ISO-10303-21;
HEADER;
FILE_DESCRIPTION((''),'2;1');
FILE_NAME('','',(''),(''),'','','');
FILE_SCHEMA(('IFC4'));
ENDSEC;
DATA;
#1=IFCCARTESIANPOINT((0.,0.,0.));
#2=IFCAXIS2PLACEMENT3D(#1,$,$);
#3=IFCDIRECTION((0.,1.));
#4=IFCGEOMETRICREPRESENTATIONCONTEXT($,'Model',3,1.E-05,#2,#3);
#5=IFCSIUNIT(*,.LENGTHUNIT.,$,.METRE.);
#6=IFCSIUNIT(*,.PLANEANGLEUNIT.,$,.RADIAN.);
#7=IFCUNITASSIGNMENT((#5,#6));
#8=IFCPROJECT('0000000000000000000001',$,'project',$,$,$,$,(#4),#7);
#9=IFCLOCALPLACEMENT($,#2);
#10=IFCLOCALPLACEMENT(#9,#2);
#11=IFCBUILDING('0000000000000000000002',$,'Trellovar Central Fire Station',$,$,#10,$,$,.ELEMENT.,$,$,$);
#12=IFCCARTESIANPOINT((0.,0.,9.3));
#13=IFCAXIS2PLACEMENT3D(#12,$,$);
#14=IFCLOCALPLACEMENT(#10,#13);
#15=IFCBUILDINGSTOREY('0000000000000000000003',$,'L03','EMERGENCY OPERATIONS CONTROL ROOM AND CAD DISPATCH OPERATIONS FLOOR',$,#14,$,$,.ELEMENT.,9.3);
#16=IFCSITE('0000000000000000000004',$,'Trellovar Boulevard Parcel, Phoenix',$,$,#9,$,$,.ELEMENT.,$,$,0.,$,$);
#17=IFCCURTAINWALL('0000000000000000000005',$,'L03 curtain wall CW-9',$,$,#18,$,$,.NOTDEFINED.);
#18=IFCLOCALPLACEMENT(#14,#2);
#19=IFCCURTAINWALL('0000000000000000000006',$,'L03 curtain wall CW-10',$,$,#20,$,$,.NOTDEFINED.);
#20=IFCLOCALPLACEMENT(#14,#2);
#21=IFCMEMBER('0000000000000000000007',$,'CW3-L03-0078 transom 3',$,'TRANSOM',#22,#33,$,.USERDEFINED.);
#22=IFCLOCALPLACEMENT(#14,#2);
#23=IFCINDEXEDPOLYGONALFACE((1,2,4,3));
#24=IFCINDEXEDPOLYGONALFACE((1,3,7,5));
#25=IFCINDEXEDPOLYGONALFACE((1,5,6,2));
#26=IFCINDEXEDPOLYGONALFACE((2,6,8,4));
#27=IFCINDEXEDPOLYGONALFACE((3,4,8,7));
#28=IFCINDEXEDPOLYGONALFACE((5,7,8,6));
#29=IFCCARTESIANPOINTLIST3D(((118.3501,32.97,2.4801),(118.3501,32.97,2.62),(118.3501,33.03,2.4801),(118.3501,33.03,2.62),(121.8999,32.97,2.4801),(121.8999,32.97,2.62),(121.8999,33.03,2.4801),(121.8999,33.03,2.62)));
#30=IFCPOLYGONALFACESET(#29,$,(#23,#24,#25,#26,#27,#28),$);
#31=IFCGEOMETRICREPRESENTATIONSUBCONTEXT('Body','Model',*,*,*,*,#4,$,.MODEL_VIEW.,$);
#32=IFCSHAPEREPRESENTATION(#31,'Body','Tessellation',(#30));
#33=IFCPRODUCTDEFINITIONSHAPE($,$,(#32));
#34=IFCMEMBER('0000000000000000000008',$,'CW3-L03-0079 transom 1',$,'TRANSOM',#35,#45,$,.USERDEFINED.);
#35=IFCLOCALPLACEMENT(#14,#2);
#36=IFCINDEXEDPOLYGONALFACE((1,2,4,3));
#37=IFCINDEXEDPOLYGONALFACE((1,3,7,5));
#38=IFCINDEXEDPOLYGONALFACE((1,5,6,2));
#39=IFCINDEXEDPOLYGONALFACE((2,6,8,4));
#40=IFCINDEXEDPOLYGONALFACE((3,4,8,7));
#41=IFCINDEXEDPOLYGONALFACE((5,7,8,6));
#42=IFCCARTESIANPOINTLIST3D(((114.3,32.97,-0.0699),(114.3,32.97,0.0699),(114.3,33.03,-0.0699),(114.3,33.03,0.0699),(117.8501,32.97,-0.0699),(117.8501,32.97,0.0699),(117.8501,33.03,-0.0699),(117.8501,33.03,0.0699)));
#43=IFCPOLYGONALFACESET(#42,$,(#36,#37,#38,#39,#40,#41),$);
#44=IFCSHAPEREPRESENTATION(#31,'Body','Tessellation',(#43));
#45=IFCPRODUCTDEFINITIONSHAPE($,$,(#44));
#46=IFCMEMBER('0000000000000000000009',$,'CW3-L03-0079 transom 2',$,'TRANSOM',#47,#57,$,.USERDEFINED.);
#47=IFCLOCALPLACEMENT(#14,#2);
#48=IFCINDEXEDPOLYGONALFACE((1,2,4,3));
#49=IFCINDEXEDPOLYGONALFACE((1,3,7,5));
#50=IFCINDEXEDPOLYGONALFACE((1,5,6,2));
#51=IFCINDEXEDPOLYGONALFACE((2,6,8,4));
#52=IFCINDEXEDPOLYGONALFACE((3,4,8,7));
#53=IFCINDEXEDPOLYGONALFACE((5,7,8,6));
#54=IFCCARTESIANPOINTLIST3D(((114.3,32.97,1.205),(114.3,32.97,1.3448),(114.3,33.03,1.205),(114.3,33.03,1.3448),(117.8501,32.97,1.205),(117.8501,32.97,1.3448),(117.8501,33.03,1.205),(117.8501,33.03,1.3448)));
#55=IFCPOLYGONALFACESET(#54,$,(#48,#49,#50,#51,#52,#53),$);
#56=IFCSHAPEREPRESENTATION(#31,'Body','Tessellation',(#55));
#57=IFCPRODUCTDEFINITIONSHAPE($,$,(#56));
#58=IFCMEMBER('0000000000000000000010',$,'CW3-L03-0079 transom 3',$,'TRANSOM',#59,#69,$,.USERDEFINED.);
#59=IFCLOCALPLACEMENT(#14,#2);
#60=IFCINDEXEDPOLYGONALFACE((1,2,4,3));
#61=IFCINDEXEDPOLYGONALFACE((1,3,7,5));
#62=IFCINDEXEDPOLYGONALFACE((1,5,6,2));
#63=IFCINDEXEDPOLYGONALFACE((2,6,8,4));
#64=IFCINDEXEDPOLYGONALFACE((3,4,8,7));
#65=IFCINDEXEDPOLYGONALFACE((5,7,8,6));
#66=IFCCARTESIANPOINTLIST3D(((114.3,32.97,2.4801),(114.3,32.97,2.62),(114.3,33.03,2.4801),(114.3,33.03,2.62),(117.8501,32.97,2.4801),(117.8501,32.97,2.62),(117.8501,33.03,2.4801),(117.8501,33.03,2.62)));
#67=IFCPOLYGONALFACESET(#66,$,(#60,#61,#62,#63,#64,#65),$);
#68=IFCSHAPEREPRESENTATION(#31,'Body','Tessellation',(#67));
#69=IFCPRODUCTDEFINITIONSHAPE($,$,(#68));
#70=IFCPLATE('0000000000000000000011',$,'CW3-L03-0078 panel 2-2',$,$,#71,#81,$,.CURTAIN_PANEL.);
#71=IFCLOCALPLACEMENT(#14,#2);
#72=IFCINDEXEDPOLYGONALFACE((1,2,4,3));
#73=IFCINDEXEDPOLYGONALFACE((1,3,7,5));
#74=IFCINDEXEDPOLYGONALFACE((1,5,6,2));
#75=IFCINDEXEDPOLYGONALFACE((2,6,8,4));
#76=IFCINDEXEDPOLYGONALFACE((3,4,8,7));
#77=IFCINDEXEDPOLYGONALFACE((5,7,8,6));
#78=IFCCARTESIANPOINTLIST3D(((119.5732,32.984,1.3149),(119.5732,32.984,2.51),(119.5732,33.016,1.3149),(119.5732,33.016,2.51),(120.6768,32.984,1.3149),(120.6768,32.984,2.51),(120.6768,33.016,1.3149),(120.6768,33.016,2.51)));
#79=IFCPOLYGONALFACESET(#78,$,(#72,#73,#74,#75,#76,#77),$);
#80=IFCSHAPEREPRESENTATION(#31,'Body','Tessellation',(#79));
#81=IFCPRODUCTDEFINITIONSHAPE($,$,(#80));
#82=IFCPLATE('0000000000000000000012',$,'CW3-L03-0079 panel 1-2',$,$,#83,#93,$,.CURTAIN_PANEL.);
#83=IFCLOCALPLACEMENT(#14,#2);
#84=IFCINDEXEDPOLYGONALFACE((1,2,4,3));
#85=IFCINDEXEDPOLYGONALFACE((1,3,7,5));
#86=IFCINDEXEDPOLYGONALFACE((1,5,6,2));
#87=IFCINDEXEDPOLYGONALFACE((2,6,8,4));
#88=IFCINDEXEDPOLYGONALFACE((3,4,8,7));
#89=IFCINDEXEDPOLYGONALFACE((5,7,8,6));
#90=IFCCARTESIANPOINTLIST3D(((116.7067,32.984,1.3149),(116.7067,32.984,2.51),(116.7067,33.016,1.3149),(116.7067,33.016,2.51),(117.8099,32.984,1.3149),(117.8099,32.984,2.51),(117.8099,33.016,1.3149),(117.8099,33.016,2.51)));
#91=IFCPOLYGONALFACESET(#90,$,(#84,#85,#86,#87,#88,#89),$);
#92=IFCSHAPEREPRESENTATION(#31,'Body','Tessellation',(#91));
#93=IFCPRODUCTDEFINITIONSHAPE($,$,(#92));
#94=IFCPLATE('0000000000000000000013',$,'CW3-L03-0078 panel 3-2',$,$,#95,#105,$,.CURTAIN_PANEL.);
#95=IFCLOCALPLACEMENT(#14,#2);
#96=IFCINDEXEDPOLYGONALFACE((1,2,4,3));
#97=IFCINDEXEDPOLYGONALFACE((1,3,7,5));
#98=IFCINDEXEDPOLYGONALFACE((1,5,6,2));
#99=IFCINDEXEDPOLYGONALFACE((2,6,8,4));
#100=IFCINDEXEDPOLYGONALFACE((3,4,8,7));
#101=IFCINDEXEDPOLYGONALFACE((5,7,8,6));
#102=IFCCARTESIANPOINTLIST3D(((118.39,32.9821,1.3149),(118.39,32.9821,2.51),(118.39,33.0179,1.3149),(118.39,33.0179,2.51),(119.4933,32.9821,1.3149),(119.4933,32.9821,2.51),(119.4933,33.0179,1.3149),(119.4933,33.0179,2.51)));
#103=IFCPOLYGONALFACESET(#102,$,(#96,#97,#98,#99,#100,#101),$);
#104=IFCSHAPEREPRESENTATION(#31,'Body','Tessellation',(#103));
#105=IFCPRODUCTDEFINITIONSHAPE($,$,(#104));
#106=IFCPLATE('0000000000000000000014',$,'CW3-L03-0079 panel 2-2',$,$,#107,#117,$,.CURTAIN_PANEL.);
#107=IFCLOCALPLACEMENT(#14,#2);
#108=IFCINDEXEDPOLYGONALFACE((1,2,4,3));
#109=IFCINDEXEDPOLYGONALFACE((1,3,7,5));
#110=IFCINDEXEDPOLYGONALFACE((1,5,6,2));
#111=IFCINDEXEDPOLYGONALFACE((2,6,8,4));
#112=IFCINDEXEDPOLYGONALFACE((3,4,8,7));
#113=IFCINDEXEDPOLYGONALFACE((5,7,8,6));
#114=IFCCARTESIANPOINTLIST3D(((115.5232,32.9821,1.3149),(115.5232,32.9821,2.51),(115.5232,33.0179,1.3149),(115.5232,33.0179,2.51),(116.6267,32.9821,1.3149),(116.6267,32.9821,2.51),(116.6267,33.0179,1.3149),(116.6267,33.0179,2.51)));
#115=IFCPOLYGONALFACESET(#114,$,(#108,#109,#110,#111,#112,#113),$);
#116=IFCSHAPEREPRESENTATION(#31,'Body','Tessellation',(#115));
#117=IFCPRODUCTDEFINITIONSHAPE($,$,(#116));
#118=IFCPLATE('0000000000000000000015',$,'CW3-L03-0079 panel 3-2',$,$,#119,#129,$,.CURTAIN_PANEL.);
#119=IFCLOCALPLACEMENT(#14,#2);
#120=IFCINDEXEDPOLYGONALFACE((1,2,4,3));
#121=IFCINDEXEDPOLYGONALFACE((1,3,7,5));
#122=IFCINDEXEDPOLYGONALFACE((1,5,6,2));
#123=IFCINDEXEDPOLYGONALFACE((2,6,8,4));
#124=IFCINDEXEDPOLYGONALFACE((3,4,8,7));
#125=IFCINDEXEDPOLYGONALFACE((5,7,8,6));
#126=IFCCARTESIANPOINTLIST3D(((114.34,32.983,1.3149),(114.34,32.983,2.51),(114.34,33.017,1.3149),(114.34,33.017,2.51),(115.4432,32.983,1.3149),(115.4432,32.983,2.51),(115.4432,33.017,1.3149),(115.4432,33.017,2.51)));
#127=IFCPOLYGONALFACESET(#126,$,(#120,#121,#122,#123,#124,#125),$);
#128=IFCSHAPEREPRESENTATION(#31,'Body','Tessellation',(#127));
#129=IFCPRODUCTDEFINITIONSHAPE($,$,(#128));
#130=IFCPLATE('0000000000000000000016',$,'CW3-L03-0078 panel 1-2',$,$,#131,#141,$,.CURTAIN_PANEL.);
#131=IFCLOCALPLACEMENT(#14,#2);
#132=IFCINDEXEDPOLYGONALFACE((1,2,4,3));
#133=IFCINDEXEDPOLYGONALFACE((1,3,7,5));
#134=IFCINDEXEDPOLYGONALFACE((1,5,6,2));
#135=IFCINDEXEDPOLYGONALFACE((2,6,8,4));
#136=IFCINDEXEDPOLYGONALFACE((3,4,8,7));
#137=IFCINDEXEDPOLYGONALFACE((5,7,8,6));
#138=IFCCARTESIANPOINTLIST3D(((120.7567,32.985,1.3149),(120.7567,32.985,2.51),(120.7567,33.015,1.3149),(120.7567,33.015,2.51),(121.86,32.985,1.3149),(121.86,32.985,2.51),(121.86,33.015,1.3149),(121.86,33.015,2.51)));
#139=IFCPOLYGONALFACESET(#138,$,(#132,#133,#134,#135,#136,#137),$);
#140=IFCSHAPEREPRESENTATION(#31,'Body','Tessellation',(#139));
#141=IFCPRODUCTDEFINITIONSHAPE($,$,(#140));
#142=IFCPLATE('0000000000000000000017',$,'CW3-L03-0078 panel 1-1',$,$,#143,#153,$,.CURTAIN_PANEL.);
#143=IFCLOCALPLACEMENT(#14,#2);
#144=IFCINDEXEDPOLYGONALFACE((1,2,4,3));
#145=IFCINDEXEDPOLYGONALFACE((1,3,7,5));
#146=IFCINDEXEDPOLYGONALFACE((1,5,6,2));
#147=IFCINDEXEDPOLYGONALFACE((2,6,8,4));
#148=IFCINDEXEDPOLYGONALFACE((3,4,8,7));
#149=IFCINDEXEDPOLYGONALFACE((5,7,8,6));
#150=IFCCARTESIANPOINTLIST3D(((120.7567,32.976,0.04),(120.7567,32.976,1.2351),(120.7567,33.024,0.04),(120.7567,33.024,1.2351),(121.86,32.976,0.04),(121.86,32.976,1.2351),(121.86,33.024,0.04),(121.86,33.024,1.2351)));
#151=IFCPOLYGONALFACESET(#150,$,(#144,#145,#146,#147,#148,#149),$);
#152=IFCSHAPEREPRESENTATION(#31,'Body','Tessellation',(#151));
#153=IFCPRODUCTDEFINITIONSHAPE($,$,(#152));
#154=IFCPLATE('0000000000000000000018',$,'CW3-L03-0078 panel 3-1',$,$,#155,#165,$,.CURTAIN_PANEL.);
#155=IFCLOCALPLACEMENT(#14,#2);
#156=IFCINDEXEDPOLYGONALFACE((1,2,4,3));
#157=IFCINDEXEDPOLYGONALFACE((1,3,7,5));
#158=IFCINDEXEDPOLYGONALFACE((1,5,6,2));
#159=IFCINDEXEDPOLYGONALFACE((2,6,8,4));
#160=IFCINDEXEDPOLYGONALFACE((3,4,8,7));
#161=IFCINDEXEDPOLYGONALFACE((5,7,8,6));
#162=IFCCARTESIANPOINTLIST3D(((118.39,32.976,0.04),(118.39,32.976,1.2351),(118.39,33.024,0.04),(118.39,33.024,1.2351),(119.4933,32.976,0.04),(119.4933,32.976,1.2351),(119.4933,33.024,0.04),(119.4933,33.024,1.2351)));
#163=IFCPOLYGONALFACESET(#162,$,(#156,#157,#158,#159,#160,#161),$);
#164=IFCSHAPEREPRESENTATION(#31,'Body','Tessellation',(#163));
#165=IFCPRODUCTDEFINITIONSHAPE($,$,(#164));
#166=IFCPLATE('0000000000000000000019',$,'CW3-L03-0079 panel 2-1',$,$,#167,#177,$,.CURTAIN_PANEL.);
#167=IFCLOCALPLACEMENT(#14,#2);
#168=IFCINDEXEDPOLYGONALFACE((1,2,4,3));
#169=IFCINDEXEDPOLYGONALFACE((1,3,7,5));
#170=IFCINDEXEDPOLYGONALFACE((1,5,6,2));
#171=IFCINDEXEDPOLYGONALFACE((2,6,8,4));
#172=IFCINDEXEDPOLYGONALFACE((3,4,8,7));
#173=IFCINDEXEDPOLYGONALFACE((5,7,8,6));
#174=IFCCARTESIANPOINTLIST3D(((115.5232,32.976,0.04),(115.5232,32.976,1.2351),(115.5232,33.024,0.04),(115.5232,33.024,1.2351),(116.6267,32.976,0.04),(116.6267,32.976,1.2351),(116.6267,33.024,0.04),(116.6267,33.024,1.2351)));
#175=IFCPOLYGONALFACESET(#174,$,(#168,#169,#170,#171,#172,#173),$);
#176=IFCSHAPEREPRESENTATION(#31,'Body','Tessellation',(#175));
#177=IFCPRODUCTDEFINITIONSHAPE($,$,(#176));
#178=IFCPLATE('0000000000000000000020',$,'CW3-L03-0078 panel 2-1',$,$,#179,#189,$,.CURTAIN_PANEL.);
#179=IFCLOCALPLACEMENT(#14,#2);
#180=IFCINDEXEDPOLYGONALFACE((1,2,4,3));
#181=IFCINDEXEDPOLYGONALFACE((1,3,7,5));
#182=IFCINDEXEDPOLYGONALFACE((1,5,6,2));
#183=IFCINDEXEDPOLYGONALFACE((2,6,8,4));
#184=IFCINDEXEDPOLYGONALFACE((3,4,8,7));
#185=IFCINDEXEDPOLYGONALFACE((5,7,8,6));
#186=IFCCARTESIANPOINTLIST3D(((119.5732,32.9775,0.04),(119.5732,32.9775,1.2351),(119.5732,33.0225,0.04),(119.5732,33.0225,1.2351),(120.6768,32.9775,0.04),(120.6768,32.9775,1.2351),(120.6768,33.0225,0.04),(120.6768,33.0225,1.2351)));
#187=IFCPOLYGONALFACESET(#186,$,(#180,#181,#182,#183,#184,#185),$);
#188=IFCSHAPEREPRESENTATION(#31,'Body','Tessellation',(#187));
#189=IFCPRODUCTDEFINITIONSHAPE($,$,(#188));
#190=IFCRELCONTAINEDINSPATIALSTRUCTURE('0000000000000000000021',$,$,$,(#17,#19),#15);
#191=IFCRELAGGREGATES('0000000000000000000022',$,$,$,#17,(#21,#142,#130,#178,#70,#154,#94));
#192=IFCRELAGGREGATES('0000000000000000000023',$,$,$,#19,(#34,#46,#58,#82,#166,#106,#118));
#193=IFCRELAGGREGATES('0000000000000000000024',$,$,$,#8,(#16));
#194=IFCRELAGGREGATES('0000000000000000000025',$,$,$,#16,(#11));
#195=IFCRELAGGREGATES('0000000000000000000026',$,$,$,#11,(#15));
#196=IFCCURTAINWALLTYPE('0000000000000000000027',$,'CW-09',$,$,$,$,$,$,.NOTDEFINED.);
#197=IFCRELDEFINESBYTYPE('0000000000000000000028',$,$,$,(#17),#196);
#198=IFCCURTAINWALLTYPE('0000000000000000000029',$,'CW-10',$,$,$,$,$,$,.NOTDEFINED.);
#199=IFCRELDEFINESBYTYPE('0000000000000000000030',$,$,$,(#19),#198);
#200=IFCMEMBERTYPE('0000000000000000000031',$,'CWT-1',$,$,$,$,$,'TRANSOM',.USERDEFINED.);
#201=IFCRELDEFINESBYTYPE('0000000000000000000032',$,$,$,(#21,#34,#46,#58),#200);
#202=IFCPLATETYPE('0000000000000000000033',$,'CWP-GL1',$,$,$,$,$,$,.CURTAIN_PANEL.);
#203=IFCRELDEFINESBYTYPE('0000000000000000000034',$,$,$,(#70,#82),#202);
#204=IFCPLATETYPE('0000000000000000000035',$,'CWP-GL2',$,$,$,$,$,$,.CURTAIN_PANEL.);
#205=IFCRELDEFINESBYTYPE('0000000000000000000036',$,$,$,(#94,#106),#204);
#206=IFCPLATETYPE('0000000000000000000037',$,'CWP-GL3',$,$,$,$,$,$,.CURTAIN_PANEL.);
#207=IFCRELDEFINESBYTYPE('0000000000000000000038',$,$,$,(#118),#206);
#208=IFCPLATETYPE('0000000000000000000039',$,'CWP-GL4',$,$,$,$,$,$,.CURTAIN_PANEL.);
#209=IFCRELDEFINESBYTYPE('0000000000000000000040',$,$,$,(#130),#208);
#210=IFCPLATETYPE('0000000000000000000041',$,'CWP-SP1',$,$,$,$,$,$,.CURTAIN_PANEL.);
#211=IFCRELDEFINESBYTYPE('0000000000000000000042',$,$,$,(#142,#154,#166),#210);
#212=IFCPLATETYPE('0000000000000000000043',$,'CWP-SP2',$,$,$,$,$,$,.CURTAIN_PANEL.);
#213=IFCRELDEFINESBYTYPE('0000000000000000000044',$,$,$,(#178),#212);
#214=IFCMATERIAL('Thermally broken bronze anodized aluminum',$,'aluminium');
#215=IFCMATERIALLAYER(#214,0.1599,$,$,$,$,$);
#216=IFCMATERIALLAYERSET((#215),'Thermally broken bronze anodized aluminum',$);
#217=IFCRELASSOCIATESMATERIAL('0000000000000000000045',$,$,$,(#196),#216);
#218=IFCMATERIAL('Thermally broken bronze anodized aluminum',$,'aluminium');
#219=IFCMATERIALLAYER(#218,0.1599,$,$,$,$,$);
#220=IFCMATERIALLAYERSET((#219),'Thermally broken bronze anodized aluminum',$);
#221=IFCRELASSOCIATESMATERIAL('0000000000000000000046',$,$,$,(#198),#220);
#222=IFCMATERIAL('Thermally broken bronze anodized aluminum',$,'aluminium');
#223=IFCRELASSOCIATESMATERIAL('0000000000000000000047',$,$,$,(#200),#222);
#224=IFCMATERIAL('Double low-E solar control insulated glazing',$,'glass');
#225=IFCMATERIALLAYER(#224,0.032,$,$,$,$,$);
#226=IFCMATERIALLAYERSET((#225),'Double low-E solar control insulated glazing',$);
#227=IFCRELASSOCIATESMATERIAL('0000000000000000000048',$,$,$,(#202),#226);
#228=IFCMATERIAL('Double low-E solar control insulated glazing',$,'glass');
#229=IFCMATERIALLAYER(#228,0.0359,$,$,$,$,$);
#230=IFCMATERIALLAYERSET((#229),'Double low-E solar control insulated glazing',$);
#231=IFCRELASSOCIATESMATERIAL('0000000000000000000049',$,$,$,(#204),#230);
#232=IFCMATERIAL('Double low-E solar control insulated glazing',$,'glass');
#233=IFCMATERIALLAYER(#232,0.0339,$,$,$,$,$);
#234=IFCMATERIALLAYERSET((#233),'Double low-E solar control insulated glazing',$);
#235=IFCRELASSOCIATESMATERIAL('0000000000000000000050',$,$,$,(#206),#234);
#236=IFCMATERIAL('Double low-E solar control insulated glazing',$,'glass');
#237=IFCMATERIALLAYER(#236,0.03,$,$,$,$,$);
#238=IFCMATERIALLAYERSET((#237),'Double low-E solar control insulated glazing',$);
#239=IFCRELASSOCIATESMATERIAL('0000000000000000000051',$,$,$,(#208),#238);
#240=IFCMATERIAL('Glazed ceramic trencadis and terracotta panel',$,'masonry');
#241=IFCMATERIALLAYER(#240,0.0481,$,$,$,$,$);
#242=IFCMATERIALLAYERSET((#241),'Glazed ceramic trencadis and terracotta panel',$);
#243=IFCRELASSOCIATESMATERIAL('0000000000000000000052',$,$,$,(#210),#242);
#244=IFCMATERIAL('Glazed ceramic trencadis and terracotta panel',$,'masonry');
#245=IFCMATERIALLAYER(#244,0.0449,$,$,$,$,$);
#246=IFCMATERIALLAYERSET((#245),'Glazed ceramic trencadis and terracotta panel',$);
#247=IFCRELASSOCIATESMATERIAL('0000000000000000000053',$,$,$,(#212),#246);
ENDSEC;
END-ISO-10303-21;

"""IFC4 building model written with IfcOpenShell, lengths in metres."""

from ifc_helpers import new_model, si_unit, direction, frame, origin, origin_2d, place, context, subcontext, project, spatial, rectangle, extrude, material, layer, layer_set, material_profile, profile_set, type_object, element, aggregate, save


model = new_model("IFC4")

# Units and contexts
model_context = context("Model", 3, precision=1e-05, world=origin(), true_north=direction((0.0, 1.0)))
body_context = subcontext(model_context, "Body", "Model", "MODEL_VIEW")
ifc_project = project(units=[si_unit("LENGTHUNIT", "METRE"), si_unit("PLANEANGLEUNIT", "RADIAN")], contexts=[model_context])

# Site, building, storey
site_placement = place(None, origin())
site = spatial("IfcSite", under=ifc_project, at=site_placement, Name="Trellovar Boulevard Parcel, Phoenix", CompositionType="ELEMENT", RefElevation=0.0)
building_placement = place(site_placement, origin())
building = spatial("IfcBuilding", under=site, at=building_placement, Name="Trellovar Central Fire Station", CompositionType="ELEMENT")
storey_placement = place(building_placement, frame((0.0, 0.0, 9.3)))
storey = spatial("IfcBuildingStorey", under=building, at=storey_placement, Name="L03", Description="EMERGENCY OPERATIONS CONTROL ROOM AND CAD DISPATCH OPERATIONS FLOOR", CompositionType="ELEMENT", Elevation=9.3)

# Curtain walls
ifc_material_1 = material(Name="Thermally broken bronze anodized aluminum", Category="aluminium")
ifc_layer_1 = layer(ifc_material_1, 0.1599)
ifc_layer_set_1 = layer_set([ifc_layer_1], Name="Thermally broken bronze anodized aluminum")
curtain_wall_type_1 = type_object("IfcCurtainWallType", Name="CW-09", PredefinedType="NOTDEFINED", material=ifc_layer_set_1)
curtain_wall_1_placement = place(storey_placement, origin())
curtain_wall_1 = element("IfcCurtainWall", 1, at=curtain_wall_1_placement, inside=storey, type_object=curtain_wall_type_1, Name="L03 curtain wall CW-9", PredefinedType="NOTDEFINED")
ifc_material_2 = material(Name="Thermally broken bronze anodized aluminum", Category="aluminium")
ifc_layer_2 = layer(ifc_material_2, 0.1599)
ifc_layer_set_2 = layer_set([ifc_layer_2], Name="Thermally broken bronze anodized aluminum")
curtain_wall_type_2 = type_object("IfcCurtainWallType", Name="CW-10", PredefinedType="NOTDEFINED", material=ifc_layer_set_2)
curtain_wall_2_placement = place(storey_placement, origin())
curtain_wall_2 = element("IfcCurtainWall", 2, at=curtain_wall_2_placement, inside=storey, type_object=curtain_wall_type_2, Name="L03 curtain wall CW-10", PredefinedType="NOTDEFINED")

# Shared definitions
ifc_material_3 = material(Name="Thermally broken bronze anodized aluminum", Category="aluminium")
ifc_material_profile_1 = material_profile(ifc_material_3, rectangle(XDim=0.0601, YDim=0.1399, at=origin_2d()), Name="ALU60X140")
ifc_profile_set_1 = profile_set([ifc_material_profile_1], Name="Thermally broken bronze anodized aluminum")
member_type_1 = type_object("IfcMemberType", Name="CWT-1", ElementType="TRANSOM", PredefinedType="USERDEFINED", material=ifc_profile_set_1)

# Members
member_1_placement = place(storey_placement, frame((121.8999, 33.0, 2.55), z_axis=(-1.0, 0.0, 0.0), x_axis=(0.0, -1.0, 0.0)))
member_1 = element("IfcMember", 3, at=member_1_placement, type_object=member_type_1, Name="CW3-L03-0078 transom 3", ObjectType="TRANSOM", PredefinedType="USERDEFINED", context=body_context, shape_type="SweptSolid", body=[
    extrude(rectangle(XDim=0.0601, YDim=0.1399, at=origin_2d()), origin(), (0.0, 0.0, 1.0), 3.5498),
])
member_2_placement = place(storey_placement, frame((117.8501, 33.0, 0.0), z_axis=(-1.0, 0.0, 0.0), x_axis=(0.0, -1.0, 0.0)))
member_2 = element("IfcMember", 4, at=member_2_placement, type_object=member_type_1, Name="CW3-L03-0079 transom 1", ObjectType="TRANSOM", PredefinedType="USERDEFINED", context=body_context, shape_type="SweptSolid", body=[
    extrude(rectangle(XDim=0.0601, YDim=0.1399, at=origin_2d()), origin(), (0.0, 0.0, 1.0), 3.55),
])
member_3_placement = place(storey_placement, frame((117.8501, 33.0, 1.2749), z_axis=(-1.0, 0.0, 0.0), x_axis=(0.0, -1.0, 0.0)))
member_3 = element("IfcMember", 5, at=member_3_placement, type_object=member_type_1, Name="CW3-L03-0079 transom 2", ObjectType="TRANSOM", PredefinedType="USERDEFINED", context=body_context, shape_type="SweptSolid", body=[
    extrude(rectangle(XDim=0.0601, YDim=0.1399, at=origin_2d()), origin(), (0.0, 0.0, 1.0), 3.55),
])
member_4_placement = place(storey_placement, frame((117.8501, 33.0, 2.55), z_axis=(-1.0, 0.0, 0.0), x_axis=(0.0, -1.0, 0.0)))
member_4 = element("IfcMember", 6, at=member_4_placement, type_object=member_type_1, Name="CW3-L03-0079 transom 3", ObjectType="TRANSOM", PredefinedType="USERDEFINED", context=body_context, shape_type="SweptSolid", body=[
    extrude(rectangle(XDim=0.0601, YDim=0.1399, at=origin_2d()), origin(), (0.0, 0.0, 1.0), 3.55),
])

# Plates
ifc_material_4 = material(Name="Double low-E solar control insulated glazing", Category="glass")
ifc_layer_3 = layer(ifc_material_4, 0.032)
ifc_layer_set_3 = layer_set([ifc_layer_3], Name="Double low-E solar control insulated glazing")
plate_type_1 = type_object("IfcPlateType", Name="CWP-GL1", PredefinedType="CURTAIN_PANEL", material=ifc_layer_set_3)
plate_1_placement = place(storey_placement, frame((120.125, 33.0, 1.3149), z_axis=(0.0, 0.0, 1.0), x_axis=(-1.0, 0.0, 0.0)))
plate_1 = element("IfcPlate", 7, at=plate_1_placement, type_object=plate_type_1, Name="CW3-L03-0078 panel 2-2", PredefinedType="CURTAIN_PANEL", context=body_context, shape_type="SweptSolid", body=[
    extrude(rectangle(XDim=1.1035, YDim=0.032, at=origin_2d()), origin(), (0.0, 0.0, 1.0), 1.1951),
])
plate_2_placement = place(storey_placement, frame((117.2583, 33.0, 1.3149), z_axis=(0.0, 0.0, 1.0), x_axis=(-1.0, 0.0, 0.0)))
plate_2 = element("IfcPlate", 8, at=plate_2_placement, type_object=plate_type_1, Name="CW3-L03-0079 panel 1-2", PredefinedType="CURTAIN_PANEL", context=body_context, shape_type="SweptSolid", body=[
    extrude(rectangle(XDim=1.1033, YDim=0.032, at=origin_2d()), origin(), (0.0, 0.0, 1.0), 1.1951),
])
ifc_material_5 = material(Name="Double low-E solar control insulated glazing", Category="glass")
ifc_layer_4 = layer(ifc_material_5, 0.0359)
ifc_layer_set_4 = layer_set([ifc_layer_4], Name="Double low-E solar control insulated glazing")
plate_type_2 = type_object("IfcPlateType", Name="CWP-GL2", PredefinedType="CURTAIN_PANEL", material=ifc_layer_set_4)
plate_3_placement = place(storey_placement, frame((118.9417, 33.0, 1.3149), z_axis=(0.0, 0.0, 1.0), x_axis=(-1.0, 0.0, 0.0)))
plate_3 = element("IfcPlate", 9, at=plate_3_placement, type_object=plate_type_2, Name="CW3-L03-0078 panel 3-2", PredefinedType="CURTAIN_PANEL", context=body_context, shape_type="SweptSolid", body=[
    extrude(rectangle(XDim=1.1033, YDim=0.0359, at=origin_2d()), origin(), (0.0, 0.0, 1.0), 1.1951),
])
plate_4_placement = place(storey_placement, frame((116.075, 33.0, 1.3149), z_axis=(0.0, 0.0, 1.0), x_axis=(-1.0, 0.0, 0.0)))
plate_4 = element("IfcPlate", 10, at=plate_4_placement, type_object=plate_type_2, Name="CW3-L03-0079 panel 2-2", PredefinedType="CURTAIN_PANEL", context=body_context, shape_type="SweptSolid", body=[
    extrude(rectangle(XDim=1.1035, YDim=0.0359, at=origin_2d()), origin(), (0.0, 0.0, 1.0), 1.1951),
])
ifc_material_6 = material(Name="Double low-E solar control insulated glazing", Category="glass")
ifc_layer_5 = layer(ifc_material_6, 0.0339)
ifc_layer_set_5 = layer_set([ifc_layer_5], Name="Double low-E solar control insulated glazing")
plate_type_3 = type_object("IfcPlateType", Name="CWP-GL3", PredefinedType="CURTAIN_PANEL", material=ifc_layer_set_5)
plate_5_placement = place(storey_placement, frame((114.8916, 33.0, 1.3149), z_axis=(0.0, 0.0, 1.0), x_axis=(-1.0, 0.0, 0.0)))
plate_5 = element("IfcPlate", 11, at=plate_5_placement, type_object=plate_type_3, Name="CW3-L03-0079 panel 3-2", PredefinedType="CURTAIN_PANEL", context=body_context, shape_type="SweptSolid", body=[
    extrude(rectangle(XDim=1.1033, YDim=0.0339, at=origin_2d()), origin(), (0.0, 0.0, 1.0), 1.1951),
])
ifc_material_7 = material(Name="Double low-E solar control insulated glazing", Category="glass")
ifc_layer_6 = layer(ifc_material_7, 0.03)
ifc_layer_set_6 = layer_set([ifc_layer_6], Name="Double low-E solar control insulated glazing")
plate_type_4 = type_object("IfcPlateType", Name="CWP-GL4", PredefinedType="CURTAIN_PANEL", material=ifc_layer_set_6)
plate_6_placement = place(storey_placement, frame((121.3083, 33.0, 1.3149), z_axis=(0.0, 0.0, 1.0), x_axis=(-1.0, 0.0, 0.0)))
plate_6 = element("IfcPlate", 12, at=plate_6_placement, type_object=plate_type_4, Name="CW3-L03-0078 panel 1-2", PredefinedType="CURTAIN_PANEL", context=body_context, shape_type="SweptSolid", body=[
    extrude(rectangle(XDim=1.1033, YDim=0.03, at=origin_2d()), origin(), (0.0, 0.0, 1.0), 1.1951),
])
ifc_material_8 = material(Name="Glazed ceramic trencadis and terracotta panel", Category="masonry")
ifc_layer_7 = layer(ifc_material_8, 0.0481)
ifc_layer_set_7 = layer_set([ifc_layer_7], Name="Glazed ceramic trencadis and terracotta panel")
plate_type_5 = type_object("IfcPlateType", Name="CWP-SP1", PredefinedType="CURTAIN_PANEL", material=ifc_layer_set_7)
plate_7_placement = place(storey_placement, frame((121.3083, 33.0, 0.04), z_axis=(0.0, 0.0, 1.0), x_axis=(-1.0, 0.0, 0.0)))
plate_7 = element("IfcPlate", 13, at=plate_7_placement, type_object=plate_type_5, Name="CW3-L03-0078 panel 1-1", PredefinedType="CURTAIN_PANEL", context=body_context, shape_type="SweptSolid", body=[
    extrude(rectangle(XDim=1.1033, YDim=0.0481, at=origin_2d()), origin(), (0.0, 0.0, 1.0), 1.1951),
])
plate_8_placement = place(storey_placement, frame((118.9417, 33.0, 0.04), z_axis=(0.0, 0.0, 1.0), x_axis=(-1.0, 0.0, 0.0)))
plate_8 = element("IfcPlate", 14, at=plate_8_placement, type_object=plate_type_5, Name="CW3-L03-0078 panel 3-1", PredefinedType="CURTAIN_PANEL", context=body_context, shape_type="SweptSolid", body=[
    extrude(rectangle(XDim=1.1033, YDim=0.0481, at=origin_2d()), origin(), (0.0, 0.0, 1.0), 1.1951),
])
plate_9_placement = place(storey_placement, frame((116.075, 33.0, 0.04), z_axis=(0.0, 0.0, 1.0), x_axis=(-1.0, 0.0, 0.0)))
plate_9 = element("IfcPlate", 15, at=plate_9_placement, type_object=plate_type_5, Name="CW3-L03-0079 panel 2-1", PredefinedType="CURTAIN_PANEL", context=body_context, shape_type="SweptSolid", body=[
    extrude(rectangle(XDim=1.1035, YDim=0.0481, at=origin_2d()), origin(), (0.0, 0.0, 1.0), 1.1951),
])
ifc_material_9 = material(Name="Glazed ceramic trencadis and terracotta panel", Category="masonry")
ifc_layer_8 = layer(ifc_material_9, 0.0449)
ifc_layer_set_8 = layer_set([ifc_layer_8], Name="Glazed ceramic trencadis and terracotta panel")
plate_type_6 = type_object("IfcPlateType", Name="CWP-SP2", PredefinedType="CURTAIN_PANEL", material=ifc_layer_set_8)
plate_10_placement = place(storey_placement, frame((120.125, 33.0, 0.04), z_axis=(0.0, 0.0, 1.0), x_axis=(-1.0, 0.0, 0.0)))
plate_10 = element("IfcPlate", 16, at=plate_10_placement, type_object=plate_type_6, Name="CW3-L03-0078 panel 2-1", PredefinedType="CURTAIN_PANEL", context=body_context, shape_type="SweptSolid", body=[
    extrude(rectangle(XDim=1.1035, YDim=0.0449, at=origin_2d()), origin(), (0.0, 0.0, 1.0), 1.1951),
])
aggregate(curtain_wall_1, [member_1, plate_7, plate_6, plate_10, plate_1, plate_8, plate_3])
aggregate(curtain_wall_2, [member_2, member_3, member_4, plate_2, plate_9, plate_4, plate_5])

save(model, "model.ifc")
